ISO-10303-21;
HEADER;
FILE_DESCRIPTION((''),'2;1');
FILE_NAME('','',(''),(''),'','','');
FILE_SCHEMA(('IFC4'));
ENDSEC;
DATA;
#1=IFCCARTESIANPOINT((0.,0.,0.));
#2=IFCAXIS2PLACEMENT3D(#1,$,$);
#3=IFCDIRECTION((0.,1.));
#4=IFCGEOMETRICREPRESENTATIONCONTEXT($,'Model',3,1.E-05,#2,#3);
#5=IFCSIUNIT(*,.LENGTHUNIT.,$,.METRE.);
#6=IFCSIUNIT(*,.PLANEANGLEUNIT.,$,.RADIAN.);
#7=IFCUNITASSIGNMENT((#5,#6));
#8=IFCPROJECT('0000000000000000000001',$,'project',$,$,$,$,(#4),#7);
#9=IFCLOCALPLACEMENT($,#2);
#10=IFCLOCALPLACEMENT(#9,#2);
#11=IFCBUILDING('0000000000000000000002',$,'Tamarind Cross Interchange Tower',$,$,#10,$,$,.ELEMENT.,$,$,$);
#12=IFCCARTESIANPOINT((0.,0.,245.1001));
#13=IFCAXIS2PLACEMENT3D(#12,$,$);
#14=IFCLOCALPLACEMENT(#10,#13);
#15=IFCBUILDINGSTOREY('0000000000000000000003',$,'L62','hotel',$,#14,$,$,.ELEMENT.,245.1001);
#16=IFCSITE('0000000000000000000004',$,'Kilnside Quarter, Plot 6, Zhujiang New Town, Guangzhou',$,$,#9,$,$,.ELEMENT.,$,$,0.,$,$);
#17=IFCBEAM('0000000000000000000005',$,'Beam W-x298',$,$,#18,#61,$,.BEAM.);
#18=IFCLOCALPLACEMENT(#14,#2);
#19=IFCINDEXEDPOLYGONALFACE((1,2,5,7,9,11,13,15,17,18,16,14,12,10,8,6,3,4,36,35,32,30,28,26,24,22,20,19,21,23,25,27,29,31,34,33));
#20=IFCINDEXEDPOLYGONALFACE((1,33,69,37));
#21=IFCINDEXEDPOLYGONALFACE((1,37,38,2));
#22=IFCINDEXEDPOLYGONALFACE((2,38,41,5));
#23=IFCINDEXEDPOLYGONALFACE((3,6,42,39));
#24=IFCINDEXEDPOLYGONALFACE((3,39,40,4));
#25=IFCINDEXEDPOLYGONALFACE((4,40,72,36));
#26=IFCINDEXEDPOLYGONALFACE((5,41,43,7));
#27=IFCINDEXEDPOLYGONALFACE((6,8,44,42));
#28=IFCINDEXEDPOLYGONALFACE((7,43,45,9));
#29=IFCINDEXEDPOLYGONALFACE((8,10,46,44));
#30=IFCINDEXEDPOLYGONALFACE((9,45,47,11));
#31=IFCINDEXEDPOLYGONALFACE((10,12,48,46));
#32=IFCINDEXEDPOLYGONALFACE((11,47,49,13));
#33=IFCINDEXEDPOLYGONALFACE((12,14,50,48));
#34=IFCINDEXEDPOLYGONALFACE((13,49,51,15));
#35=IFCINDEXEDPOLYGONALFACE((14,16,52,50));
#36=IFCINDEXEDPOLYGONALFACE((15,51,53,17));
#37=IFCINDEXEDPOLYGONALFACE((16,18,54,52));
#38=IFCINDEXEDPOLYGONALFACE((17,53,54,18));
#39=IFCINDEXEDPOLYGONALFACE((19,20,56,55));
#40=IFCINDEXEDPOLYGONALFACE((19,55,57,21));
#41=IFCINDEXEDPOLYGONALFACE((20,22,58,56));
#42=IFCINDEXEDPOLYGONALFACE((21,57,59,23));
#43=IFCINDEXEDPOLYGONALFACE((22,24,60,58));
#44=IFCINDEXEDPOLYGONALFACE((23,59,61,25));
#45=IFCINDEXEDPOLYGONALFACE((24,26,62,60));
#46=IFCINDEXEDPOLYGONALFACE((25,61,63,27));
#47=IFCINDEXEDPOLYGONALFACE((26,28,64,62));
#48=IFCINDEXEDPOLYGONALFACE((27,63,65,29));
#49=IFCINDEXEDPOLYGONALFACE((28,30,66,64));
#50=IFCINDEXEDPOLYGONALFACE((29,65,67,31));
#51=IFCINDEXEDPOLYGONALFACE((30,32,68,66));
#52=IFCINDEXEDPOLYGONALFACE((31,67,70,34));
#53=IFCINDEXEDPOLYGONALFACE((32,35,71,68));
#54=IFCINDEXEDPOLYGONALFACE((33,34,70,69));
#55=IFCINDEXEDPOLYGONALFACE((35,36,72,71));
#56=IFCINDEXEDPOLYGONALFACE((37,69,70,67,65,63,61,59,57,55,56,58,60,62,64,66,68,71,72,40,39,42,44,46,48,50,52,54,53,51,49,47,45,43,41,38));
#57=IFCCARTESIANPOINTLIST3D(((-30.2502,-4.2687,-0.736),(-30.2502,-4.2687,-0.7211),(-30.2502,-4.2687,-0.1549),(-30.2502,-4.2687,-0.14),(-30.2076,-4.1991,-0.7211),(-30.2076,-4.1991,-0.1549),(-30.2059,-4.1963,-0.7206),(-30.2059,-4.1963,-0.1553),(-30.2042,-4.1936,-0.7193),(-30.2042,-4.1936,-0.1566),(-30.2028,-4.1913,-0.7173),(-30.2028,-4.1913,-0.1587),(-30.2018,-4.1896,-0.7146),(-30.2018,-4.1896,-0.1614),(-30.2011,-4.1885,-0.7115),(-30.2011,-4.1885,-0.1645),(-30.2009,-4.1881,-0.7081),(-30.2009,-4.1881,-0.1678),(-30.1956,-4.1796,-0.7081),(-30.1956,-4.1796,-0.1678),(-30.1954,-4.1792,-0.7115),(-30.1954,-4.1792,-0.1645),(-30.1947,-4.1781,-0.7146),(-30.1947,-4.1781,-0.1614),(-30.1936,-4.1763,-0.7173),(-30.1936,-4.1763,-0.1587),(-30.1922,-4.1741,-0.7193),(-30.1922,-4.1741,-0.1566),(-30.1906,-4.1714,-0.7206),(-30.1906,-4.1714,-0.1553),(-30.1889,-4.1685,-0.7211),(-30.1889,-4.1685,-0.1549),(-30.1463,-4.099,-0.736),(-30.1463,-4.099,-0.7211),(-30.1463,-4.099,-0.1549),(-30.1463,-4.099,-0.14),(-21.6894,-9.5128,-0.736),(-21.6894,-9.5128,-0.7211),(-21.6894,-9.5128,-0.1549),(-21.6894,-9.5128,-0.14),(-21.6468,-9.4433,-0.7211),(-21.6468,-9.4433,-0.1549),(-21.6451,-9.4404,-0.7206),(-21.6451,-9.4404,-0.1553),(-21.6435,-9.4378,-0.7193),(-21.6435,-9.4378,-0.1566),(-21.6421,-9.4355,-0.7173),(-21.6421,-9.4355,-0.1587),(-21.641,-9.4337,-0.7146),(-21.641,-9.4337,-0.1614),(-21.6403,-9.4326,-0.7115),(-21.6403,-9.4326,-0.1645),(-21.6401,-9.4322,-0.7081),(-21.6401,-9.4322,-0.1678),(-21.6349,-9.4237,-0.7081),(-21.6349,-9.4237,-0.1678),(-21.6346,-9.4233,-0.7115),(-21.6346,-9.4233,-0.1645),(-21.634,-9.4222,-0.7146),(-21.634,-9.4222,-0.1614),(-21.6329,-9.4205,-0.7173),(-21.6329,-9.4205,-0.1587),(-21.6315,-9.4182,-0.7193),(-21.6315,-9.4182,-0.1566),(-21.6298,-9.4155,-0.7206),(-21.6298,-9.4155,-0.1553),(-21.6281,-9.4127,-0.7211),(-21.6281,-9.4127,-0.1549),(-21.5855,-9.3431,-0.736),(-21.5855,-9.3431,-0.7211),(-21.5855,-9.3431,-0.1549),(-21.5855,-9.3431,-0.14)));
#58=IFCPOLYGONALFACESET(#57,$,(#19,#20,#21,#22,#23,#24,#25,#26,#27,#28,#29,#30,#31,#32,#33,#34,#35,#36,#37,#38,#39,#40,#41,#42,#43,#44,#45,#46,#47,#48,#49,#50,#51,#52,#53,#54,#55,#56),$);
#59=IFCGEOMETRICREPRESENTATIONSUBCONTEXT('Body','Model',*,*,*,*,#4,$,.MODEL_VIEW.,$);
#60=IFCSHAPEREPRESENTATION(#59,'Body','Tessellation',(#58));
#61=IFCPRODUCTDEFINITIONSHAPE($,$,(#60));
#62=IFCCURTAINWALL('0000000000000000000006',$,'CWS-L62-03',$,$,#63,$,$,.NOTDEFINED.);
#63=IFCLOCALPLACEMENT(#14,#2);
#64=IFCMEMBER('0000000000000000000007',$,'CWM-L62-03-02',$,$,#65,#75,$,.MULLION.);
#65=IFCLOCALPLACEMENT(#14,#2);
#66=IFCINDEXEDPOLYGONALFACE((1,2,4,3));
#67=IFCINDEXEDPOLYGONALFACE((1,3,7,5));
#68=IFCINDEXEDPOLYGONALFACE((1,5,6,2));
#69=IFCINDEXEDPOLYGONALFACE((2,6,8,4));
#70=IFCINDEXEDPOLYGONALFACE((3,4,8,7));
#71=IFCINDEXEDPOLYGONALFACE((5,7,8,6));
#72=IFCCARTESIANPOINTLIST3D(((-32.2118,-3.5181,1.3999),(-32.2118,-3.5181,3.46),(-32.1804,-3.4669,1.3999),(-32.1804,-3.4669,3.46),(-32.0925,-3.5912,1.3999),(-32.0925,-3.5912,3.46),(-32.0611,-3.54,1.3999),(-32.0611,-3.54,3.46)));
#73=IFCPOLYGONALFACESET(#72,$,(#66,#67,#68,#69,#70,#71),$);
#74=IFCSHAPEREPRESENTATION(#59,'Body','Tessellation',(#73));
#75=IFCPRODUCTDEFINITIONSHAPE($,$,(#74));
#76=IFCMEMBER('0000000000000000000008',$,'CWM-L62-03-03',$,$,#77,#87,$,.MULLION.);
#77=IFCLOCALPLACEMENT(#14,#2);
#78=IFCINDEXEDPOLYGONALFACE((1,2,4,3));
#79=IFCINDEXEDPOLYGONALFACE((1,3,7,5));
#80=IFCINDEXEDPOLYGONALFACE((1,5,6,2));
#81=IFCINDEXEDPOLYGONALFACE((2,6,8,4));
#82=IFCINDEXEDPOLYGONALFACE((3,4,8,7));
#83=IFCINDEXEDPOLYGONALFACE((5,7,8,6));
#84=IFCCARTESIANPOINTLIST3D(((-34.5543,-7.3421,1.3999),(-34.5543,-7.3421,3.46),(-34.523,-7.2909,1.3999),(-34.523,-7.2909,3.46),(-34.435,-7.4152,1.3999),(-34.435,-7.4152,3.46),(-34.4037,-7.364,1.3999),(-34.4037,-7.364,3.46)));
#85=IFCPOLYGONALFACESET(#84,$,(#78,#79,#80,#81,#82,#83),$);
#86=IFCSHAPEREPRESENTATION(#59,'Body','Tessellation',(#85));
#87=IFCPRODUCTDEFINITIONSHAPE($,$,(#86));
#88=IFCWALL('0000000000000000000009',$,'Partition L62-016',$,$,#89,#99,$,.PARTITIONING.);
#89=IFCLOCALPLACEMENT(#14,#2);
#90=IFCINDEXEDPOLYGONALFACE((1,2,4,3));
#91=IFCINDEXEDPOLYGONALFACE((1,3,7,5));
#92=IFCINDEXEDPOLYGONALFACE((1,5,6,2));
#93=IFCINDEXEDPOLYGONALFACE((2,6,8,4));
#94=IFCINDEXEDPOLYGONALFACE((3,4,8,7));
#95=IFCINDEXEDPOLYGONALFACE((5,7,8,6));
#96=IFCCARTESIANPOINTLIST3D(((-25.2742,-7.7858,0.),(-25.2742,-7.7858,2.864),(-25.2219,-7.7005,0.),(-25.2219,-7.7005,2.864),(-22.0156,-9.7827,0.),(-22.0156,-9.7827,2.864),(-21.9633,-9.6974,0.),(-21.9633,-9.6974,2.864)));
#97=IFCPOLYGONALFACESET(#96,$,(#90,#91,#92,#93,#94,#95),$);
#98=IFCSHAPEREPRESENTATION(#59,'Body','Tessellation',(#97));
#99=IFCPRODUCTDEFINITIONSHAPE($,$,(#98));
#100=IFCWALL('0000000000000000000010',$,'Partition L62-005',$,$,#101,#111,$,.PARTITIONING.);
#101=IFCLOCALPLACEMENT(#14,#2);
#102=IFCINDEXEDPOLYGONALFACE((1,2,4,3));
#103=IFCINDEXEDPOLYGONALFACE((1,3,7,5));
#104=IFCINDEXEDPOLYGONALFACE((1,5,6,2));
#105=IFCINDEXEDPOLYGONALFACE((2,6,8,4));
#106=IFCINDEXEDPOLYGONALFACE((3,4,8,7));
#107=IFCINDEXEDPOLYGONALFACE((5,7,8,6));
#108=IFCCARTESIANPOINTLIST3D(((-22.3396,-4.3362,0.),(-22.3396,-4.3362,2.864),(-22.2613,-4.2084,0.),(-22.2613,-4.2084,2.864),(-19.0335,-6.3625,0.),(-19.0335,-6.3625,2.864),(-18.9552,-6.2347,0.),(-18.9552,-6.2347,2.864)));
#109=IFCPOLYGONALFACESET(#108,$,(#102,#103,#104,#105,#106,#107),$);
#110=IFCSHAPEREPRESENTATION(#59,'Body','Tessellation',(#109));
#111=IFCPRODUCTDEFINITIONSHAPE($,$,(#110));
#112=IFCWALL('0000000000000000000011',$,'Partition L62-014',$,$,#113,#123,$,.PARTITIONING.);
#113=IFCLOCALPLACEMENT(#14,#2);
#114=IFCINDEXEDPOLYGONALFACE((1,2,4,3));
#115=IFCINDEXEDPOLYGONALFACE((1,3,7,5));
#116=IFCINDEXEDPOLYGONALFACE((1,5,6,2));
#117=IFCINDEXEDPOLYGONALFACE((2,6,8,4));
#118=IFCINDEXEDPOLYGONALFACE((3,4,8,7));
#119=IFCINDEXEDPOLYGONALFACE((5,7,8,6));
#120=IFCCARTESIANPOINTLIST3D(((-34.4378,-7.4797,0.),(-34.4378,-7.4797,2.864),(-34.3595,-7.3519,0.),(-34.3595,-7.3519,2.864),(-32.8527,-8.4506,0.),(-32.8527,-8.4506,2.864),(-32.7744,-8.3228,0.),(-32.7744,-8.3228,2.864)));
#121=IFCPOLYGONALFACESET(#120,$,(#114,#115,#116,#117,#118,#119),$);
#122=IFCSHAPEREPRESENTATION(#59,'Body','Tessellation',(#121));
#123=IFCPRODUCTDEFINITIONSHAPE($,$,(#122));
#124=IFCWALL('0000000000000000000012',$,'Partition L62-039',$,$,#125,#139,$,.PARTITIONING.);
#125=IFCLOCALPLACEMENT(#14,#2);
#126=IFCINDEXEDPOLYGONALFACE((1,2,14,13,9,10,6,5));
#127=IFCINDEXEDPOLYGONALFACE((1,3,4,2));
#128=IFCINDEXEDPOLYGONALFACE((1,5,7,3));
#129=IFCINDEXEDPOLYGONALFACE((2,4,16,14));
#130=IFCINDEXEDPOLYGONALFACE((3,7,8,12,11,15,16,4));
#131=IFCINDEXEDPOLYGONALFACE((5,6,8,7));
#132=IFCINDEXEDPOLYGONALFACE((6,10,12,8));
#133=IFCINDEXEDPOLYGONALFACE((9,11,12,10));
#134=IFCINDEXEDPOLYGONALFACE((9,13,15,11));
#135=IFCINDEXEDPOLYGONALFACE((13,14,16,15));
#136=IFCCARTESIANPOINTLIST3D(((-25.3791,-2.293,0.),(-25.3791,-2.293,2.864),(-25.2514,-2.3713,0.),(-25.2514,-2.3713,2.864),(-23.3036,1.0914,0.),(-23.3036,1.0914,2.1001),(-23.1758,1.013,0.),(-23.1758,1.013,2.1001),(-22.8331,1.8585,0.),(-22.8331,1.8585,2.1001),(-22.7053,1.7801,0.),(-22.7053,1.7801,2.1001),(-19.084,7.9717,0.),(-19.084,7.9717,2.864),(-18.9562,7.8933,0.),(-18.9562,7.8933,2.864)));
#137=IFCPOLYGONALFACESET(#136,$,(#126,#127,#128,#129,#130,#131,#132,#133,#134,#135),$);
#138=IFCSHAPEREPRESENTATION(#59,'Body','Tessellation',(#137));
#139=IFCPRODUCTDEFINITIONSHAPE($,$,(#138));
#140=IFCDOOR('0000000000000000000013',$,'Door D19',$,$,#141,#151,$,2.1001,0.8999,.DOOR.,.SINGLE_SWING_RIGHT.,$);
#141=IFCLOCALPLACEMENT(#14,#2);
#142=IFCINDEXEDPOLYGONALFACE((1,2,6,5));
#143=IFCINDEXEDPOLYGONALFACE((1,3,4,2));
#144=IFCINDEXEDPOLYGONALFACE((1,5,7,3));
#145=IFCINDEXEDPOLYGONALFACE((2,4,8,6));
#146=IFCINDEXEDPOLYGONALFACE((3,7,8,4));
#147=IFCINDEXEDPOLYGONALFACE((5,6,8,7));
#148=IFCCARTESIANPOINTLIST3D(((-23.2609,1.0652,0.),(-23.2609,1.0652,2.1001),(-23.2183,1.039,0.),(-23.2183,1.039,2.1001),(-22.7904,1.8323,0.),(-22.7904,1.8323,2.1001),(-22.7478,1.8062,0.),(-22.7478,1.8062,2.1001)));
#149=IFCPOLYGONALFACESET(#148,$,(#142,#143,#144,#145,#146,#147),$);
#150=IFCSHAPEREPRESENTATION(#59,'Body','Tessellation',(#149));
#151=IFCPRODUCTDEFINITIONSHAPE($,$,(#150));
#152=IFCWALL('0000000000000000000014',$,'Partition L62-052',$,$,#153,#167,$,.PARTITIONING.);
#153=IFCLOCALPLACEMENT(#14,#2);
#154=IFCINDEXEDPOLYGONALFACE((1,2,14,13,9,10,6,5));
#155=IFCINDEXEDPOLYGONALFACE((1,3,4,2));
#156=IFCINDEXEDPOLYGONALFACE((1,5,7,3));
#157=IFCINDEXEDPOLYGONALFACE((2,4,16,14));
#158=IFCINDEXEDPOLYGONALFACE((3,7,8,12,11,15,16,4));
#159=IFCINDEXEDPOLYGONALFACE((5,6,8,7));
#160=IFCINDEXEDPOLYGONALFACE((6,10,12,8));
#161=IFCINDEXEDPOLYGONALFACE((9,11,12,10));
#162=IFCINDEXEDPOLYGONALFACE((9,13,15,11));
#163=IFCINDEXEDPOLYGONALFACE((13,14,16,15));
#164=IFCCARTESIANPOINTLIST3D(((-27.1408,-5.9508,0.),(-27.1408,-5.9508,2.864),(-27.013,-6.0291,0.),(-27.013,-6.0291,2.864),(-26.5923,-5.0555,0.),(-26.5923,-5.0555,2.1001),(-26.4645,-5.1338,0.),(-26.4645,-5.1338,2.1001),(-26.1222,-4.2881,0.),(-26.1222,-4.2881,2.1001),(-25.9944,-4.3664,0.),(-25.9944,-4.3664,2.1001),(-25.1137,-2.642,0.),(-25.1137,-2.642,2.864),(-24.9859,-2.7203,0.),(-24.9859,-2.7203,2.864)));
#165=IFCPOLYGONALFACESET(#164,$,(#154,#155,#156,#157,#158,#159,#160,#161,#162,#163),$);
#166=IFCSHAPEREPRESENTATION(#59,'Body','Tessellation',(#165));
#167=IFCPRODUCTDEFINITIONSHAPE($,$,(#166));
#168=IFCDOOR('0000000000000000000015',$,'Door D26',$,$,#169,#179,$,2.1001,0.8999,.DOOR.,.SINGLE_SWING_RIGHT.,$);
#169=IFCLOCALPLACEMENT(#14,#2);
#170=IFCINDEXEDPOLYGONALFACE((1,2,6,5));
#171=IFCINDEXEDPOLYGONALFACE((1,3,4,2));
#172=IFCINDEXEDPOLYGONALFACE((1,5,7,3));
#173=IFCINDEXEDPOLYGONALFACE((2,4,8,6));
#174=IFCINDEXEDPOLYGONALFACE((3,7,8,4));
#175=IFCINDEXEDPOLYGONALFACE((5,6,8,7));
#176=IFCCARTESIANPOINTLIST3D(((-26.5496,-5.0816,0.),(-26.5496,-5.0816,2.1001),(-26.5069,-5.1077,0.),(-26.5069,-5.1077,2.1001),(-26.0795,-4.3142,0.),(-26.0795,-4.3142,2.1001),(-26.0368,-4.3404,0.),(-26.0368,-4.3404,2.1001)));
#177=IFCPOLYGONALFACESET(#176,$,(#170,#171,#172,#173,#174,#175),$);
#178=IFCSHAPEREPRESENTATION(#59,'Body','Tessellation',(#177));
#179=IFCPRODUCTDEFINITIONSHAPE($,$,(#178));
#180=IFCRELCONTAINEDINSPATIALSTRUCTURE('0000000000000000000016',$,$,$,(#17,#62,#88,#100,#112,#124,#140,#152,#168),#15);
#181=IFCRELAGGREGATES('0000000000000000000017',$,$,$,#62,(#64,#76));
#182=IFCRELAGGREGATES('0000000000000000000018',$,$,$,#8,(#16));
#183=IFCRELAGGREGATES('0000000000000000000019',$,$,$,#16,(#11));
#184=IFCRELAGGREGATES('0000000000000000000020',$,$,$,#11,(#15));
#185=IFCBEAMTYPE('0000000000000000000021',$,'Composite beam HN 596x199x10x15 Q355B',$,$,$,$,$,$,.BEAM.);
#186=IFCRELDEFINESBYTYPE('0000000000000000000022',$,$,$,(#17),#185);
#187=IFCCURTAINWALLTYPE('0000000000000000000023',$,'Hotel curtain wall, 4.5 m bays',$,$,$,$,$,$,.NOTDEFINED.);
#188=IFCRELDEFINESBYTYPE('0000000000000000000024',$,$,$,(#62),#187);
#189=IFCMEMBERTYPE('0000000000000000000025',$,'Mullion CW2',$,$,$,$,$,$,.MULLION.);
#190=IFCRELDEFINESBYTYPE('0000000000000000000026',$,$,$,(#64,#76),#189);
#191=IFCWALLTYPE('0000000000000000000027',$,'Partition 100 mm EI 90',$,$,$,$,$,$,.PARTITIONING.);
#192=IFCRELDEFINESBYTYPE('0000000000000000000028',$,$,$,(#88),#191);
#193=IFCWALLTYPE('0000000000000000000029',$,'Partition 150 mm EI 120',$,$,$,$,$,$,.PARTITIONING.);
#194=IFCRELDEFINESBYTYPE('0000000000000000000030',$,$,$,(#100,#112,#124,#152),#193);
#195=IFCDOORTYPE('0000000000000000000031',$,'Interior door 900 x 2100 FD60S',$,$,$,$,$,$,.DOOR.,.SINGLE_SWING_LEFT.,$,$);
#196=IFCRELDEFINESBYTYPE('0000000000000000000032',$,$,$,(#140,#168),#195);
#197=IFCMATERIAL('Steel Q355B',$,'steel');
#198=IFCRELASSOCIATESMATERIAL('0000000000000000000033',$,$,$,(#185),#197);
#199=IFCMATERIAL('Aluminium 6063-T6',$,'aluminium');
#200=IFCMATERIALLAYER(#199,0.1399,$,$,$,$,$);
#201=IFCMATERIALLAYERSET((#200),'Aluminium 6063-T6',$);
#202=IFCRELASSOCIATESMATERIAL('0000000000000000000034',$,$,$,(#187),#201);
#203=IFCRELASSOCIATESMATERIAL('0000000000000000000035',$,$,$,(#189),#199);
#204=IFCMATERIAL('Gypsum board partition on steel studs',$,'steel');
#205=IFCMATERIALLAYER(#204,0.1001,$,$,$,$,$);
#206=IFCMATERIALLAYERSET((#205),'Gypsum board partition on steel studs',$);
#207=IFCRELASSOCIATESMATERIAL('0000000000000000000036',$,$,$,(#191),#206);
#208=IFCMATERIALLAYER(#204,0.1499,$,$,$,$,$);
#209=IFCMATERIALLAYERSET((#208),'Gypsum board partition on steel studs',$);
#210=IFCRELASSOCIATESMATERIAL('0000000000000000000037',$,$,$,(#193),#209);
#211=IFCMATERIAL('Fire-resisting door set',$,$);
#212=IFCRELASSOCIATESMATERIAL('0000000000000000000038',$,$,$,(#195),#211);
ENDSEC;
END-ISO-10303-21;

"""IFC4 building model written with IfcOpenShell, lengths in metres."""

from ifc_helpers import new_model, si_unit, direction, frame, frame_2d, origin, origin_2d, place, context, subcontext, project, spatial, rectangle, i_section, extrude, material, layer, layer_set, material_profile, profile_set, type_object, element, fill, aggregate, save


model = new_model("IFC4")

# Units and contexts
model_context = context("Model", 3, precision=1e-05, world=origin(), true_north=direction((0.0, 1.0)))
body_context = subcontext(model_context, "Body", "Model", "MODEL_VIEW")
ifc_project = project(units=[si_unit("LENGTHUNIT", "METRE"), si_unit("PLANEANGLEUNIT", "RADIAN")], contexts=[model_context])

# Site, building, storey
site_placement = place(None, origin())
site = spatial("IfcSite", under=ifc_project, at=site_placement, Name="Kilnside Quarter, Plot 6, Zhujiang New Town, Guangzhou", CompositionType="ELEMENT", RefElevation=0.0)
building_placement = place(site_placement, origin())
building = spatial("IfcBuilding", under=site, at=building_placement, Name="Tamarind Cross Interchange Tower", CompositionType="ELEMENT")
storey_placement = place(building_placement, frame((0.0, 0.0, 245.1001)))
storey = spatial("IfcBuildingStorey", under=building, at=storey_placement, Name="L62", Description="hotel", CompositionType="ELEMENT", Elevation=245.1001)

# Beam
ifc_material_1 = material(Name="Steel Q355B", Category="steel")
ifc_material_profile_1 = material_profile(ifc_material_1, i_section(OverallWidth=0.199, OverallDepth=0.5959, WebThickness=0.01, FlangeThickness=0.0149, FilletRadius=0.0129, at=origin_2d()), Name="HN 596x199x10x15")
ifc_profile_set_1 = profile_set([ifc_material_profile_1], Name="Steel Q355B")
beam_type_1 = type_object("IfcBeamType", Name="Composite beam HN 596x199x10x15 Q355B", PredefinedType="BEAM", material=ifc_profile_set_1)
beam_1_placement = place(storey_placement, frame((-30.1982, -4.1838, -0.438), z_axis=(0.852725, -0.52236, 0.0), x_axis=(0.52236, 0.852725, 0.0)))
element("IfcBeam", 1, at=beam_1_placement, inside=storey, type_object=beam_type_1, Name="Beam W-x298", PredefinedType="BEAM", context=body_context, shape_type="SweptSolid", body=[
    extrude(i_section(OverallWidth=0.199, OverallDepth=0.5959, WebThickness=0.01, FlangeThickness=0.0149, FilletRadius=0.0129, at=origin_2d()), origin(), (0.0, 0.0, 1.0), 10.0393),
])

# Curtain wall, members
ifc_material_2 = material(Name="Aluminium 6063-T6", Category="aluminium")
ifc_layer_1 = layer(ifc_material_2, 0.1399)
ifc_layer_set_1 = layer_set([ifc_layer_1], Name="Aluminium 6063-T6")
curtain_wall_type = type_object("IfcCurtainWallType", Name="Hotel curtain wall, 4.5 m bays", PredefinedType="NOTDEFINED", material=ifc_layer_set_1)
curtain_wall_placement = place(storey_placement, origin())
curtain_wall = element("IfcCurtainWall", 2, at=curtain_wall_placement, inside=storey, type_object=curtain_wall_type, Name="CWS-L62-03", PredefinedType="NOTDEFINED")
ifc_material_profile_2 = material_profile(ifc_material_2, rectangle(XDim=0.0601, YDim=0.1399, at=origin_2d()), Name="Mullion CW2")
ifc_profile_set_2 = profile_set([ifc_material_profile_2], Name="Aluminium 6063-T6")
member_type = type_object("IfcMemberType", Name="Mullion CW2", PredefinedType="MULLION", material=ifc_profile_set_2)
member_1_placement = place(storey_placement, frame((-32.1365, -3.5291, 1.3999), z_axis=(0.0, 0.0, 1.0), x_axis=(-0.522368, -0.85272, 0.0)))
member_1 = element("IfcMember", 3, at=member_1_placement, type_object=member_type, Name="CWM-L62-03-02", PredefinedType="MULLION", context=body_context, shape_type="SweptSolid", body=[
    extrude(rectangle(XDim=0.0601, YDim=0.1399, at=origin_2d()), origin(), (0.0, 0.0, 1.0), 2.0601),
])
member_2_placement = place(storey_placement, frame((-34.479, -7.353, 1.3999), z_axis=(0.0, 0.0, 1.0), x_axis=(-0.522368, -0.85272, 0.0)))
member_2 = element("IfcMember", 4, at=member_2_placement, type_object=member_type, Name="CWM-L62-03-03", PredefinedType="MULLION", context=body_context, shape_type="SweptSolid", body=[
    extrude(rectangle(XDim=0.0601, YDim=0.1399, at=origin_2d()), origin(), (0.0, 0.0, 1.0), 2.0601),
])
aggregate(curtain_wall, [member_1, member_2])

# Walls
ifc_material_3 = material(Name="Gypsum board partition on steel studs", Category="steel")
ifc_layer_2 = layer(ifc_material_3, 0.1001)
ifc_layer_set_2 = layer_set([ifc_layer_2], Name="Gypsum board partition on steel studs")
wall_type_1 = type_object("IfcWallType", Name="Partition 100 mm EI 90", PredefinedType="PARTITIONING", material=ifc_layer_set_2)
wall_1_placement = place(storey_placement, frame((-25.248, -7.7432, 0.0), z_axis=(0.0, 0.0, 1.0), x_axis=(0.852642, -0.522496, 0.0)))
element("IfcWall", 5, at=wall_1_placement, inside=storey, type_object=wall_type_1, Name="Partition L62-016", PredefinedType="PARTITIONING", context=body_context, shape_type="SweptSolid", body=[
    extrude(rectangle(XDim=3.8218, YDim=0.1001, at=frame_2d((1.9109, 0.0))), origin(), (0.0, 0.0, 1.0), 2.864),
])
ifc_layer_3 = layer(ifc_material_3, 0.1499)
ifc_layer_set_3 = layer_set([ifc_layer_3], Name="Gypsum board partition on steel studs")
wall_type_2 = type_object("IfcWallType", Name="Partition 150 mm EI 120", PredefinedType="PARTITIONING", material=ifc_layer_set_3)
wall_2_placement = place(storey_placement, frame((-22.3005, -4.2722, 0.0), z_axis=(0.0, 0.0, 1.0), x_axis=(0.852599, -0.522565, 0.0)))
element("IfcWall", 6, at=wall_2_placement, inside=storey, type_object=wall_type_2, Name="Partition L62-005", PredefinedType="PARTITIONING", context=body_context, shape_type="SweptSolid", body=[
    extrude(rectangle(XDim=3.8777, YDim=0.1499, at=frame_2d((1.939, 0.0))), origin(), (0.0, 0.0, 1.0), 2.864),
])
wall_3_placement = place(storey_placement, frame((-34.3987, -7.4158, 0.0), z_axis=(0.0, 0.0, 1.0), x_axis=(0.852752, -0.522316, 0.0)))
element("IfcWall", 7, at=wall_3_placement, inside=storey, type_object=wall_type_2, Name="Partition L62-014", PredefinedType="PARTITIONING", context=body_context, shape_type="SweptSolid", body=[
    extrude(rectangle(XDim=1.8589, YDim=0.1499, at=frame_2d((0.9294, 0.0))), origin(), (0.0, 0.0, 1.0), 2.864),
])

# Walls, openings, doors
wall_4_placement = place(storey_placement, frame((-25.3152, -2.332, 0.0), z_axis=(0.0, 0.0, 1.0), x_axis=(0.522799, 0.852456, 0.0)))
wall_4 = element("IfcWall", 8, at=wall_4_placement, inside=storey, type_object=wall_type_2, Name="Partition L62-039", PredefinedType="PARTITIONING", context=body_context, shape_type="SweptSolid", body=[
    extrude(rectangle(XDim=12.0413, YDim=0.1499, at=frame_2d((6.0205, 0.0))), origin(), (0.0, 0.0, 1.0), 2.864),
])
opening_1_placement = place(wall_4_placement, frame((3.97, 0.0, 0.0)))
opening_1 = element("IfcOpeningElement", 9, at=opening_1_placement, cuts=wall_4, PredefinedType="OPENING", context=body_context, shape_type="SweptSolid", body=[
    extrude(rectangle(XDim=0.8999, YDim=2.1001, at=frame_2d((0.45, 1.05))), frame((0.0, 0.085, 0.0), z_axis=(0.0, -1.0, 0.0), x_axis=(1.0, 0.0, 0.0)), (0.0, 0.0, 1.0), 0.1699),
])
ifc_material_4 = material(Name="Fire-resisting door set")
door_type_1 = type_object("IfcDoorType", Name="Interior door 900 x 2100 FD60S", OperationType="SINGLE_SWING_LEFT", PredefinedType="DOOR", material=ifc_material_4)
door_1_placement = place(opening_1_placement, origin())
door_1 = element("IfcDoor", 10, at=door_1_placement, inside=storey, type_object=door_type_1, Name="Door D19", OperationType="SINGLE_SWING_RIGHT", OverallHeight=2.1001, OverallWidth=0.8999, PredefinedType="DOOR", context=body_context, shape_type="SweptSolid", body=[
    extrude(rectangle(XDim=0.8999, YDim=2.1001, at=frame_2d((0.45, 1.05))), frame((0.0, 0.0249, 0.0), z_axis=(0.0, -1.0, 0.0), x_axis=(1.0, 0.0, 0.0)), (0.0, 0.0, 1.0), 0.05),
])
fill(opening_1, door_1)
wall_5_placement = place(storey_placement, frame((-27.0769, -5.99, 0.0), z_axis=(0.0, 0.0, 1.0), x_axis=(0.522394, 0.852704, 0.0)))
wall_5 = element("IfcWall", 11, at=wall_5_placement, inside=storey, type_object=wall_type_2, Name="Partition L62-052", PredefinedType="PARTITIONING", context=body_context, shape_type="SweptSolid", body=[
    extrude(rectangle(XDim=3.8804, YDim=0.1499, at=frame_2d((1.9402, 0.0))), origin(), (0.0, 0.0, 1.0), 2.864),
])
opening_2_placement = place(wall_5_placement, frame((1.05, 0.0, 0.0)))
opening_2 = element("IfcOpeningElement", 12, at=opening_2_placement, cuts=wall_5, PredefinedType="OPENING", context=body_context, shape_type="SweptSolid", body=[
    extrude(rectangle(XDim=0.8999, YDim=2.1001, at=frame_2d((0.45, 1.05))), frame((0.0, 0.085, 0.0), z_axis=(0.0, -1.0, 0.0), x_axis=(1.0, 0.0, 0.0)), (0.0, 0.0, 1.0), 0.1699),
])
door_2_placement = place(opening_2_placement, origin())
door_2 = element("IfcDoor", 13, at=door_2_placement, inside=storey, type_object=door_type_1, Name="Door D26", OperationType="SINGLE_SWING_RIGHT", OverallHeight=2.1001, OverallWidth=0.8999, PredefinedType="DOOR", context=body_context, shape_type="SweptSolid", body=[
    extrude(rectangle(XDim=0.8999, YDim=2.1001, at=frame_2d((0.45, 1.05))), frame((0.0, 0.0249, 0.0), z_axis=(0.0, -1.0, 0.0), x_axis=(1.0, 0.0, 0.0)), (0.0, 0.0, 1.0), 0.05),
])
fill(opening_2, door_2)

save(model, "model.ifc")
